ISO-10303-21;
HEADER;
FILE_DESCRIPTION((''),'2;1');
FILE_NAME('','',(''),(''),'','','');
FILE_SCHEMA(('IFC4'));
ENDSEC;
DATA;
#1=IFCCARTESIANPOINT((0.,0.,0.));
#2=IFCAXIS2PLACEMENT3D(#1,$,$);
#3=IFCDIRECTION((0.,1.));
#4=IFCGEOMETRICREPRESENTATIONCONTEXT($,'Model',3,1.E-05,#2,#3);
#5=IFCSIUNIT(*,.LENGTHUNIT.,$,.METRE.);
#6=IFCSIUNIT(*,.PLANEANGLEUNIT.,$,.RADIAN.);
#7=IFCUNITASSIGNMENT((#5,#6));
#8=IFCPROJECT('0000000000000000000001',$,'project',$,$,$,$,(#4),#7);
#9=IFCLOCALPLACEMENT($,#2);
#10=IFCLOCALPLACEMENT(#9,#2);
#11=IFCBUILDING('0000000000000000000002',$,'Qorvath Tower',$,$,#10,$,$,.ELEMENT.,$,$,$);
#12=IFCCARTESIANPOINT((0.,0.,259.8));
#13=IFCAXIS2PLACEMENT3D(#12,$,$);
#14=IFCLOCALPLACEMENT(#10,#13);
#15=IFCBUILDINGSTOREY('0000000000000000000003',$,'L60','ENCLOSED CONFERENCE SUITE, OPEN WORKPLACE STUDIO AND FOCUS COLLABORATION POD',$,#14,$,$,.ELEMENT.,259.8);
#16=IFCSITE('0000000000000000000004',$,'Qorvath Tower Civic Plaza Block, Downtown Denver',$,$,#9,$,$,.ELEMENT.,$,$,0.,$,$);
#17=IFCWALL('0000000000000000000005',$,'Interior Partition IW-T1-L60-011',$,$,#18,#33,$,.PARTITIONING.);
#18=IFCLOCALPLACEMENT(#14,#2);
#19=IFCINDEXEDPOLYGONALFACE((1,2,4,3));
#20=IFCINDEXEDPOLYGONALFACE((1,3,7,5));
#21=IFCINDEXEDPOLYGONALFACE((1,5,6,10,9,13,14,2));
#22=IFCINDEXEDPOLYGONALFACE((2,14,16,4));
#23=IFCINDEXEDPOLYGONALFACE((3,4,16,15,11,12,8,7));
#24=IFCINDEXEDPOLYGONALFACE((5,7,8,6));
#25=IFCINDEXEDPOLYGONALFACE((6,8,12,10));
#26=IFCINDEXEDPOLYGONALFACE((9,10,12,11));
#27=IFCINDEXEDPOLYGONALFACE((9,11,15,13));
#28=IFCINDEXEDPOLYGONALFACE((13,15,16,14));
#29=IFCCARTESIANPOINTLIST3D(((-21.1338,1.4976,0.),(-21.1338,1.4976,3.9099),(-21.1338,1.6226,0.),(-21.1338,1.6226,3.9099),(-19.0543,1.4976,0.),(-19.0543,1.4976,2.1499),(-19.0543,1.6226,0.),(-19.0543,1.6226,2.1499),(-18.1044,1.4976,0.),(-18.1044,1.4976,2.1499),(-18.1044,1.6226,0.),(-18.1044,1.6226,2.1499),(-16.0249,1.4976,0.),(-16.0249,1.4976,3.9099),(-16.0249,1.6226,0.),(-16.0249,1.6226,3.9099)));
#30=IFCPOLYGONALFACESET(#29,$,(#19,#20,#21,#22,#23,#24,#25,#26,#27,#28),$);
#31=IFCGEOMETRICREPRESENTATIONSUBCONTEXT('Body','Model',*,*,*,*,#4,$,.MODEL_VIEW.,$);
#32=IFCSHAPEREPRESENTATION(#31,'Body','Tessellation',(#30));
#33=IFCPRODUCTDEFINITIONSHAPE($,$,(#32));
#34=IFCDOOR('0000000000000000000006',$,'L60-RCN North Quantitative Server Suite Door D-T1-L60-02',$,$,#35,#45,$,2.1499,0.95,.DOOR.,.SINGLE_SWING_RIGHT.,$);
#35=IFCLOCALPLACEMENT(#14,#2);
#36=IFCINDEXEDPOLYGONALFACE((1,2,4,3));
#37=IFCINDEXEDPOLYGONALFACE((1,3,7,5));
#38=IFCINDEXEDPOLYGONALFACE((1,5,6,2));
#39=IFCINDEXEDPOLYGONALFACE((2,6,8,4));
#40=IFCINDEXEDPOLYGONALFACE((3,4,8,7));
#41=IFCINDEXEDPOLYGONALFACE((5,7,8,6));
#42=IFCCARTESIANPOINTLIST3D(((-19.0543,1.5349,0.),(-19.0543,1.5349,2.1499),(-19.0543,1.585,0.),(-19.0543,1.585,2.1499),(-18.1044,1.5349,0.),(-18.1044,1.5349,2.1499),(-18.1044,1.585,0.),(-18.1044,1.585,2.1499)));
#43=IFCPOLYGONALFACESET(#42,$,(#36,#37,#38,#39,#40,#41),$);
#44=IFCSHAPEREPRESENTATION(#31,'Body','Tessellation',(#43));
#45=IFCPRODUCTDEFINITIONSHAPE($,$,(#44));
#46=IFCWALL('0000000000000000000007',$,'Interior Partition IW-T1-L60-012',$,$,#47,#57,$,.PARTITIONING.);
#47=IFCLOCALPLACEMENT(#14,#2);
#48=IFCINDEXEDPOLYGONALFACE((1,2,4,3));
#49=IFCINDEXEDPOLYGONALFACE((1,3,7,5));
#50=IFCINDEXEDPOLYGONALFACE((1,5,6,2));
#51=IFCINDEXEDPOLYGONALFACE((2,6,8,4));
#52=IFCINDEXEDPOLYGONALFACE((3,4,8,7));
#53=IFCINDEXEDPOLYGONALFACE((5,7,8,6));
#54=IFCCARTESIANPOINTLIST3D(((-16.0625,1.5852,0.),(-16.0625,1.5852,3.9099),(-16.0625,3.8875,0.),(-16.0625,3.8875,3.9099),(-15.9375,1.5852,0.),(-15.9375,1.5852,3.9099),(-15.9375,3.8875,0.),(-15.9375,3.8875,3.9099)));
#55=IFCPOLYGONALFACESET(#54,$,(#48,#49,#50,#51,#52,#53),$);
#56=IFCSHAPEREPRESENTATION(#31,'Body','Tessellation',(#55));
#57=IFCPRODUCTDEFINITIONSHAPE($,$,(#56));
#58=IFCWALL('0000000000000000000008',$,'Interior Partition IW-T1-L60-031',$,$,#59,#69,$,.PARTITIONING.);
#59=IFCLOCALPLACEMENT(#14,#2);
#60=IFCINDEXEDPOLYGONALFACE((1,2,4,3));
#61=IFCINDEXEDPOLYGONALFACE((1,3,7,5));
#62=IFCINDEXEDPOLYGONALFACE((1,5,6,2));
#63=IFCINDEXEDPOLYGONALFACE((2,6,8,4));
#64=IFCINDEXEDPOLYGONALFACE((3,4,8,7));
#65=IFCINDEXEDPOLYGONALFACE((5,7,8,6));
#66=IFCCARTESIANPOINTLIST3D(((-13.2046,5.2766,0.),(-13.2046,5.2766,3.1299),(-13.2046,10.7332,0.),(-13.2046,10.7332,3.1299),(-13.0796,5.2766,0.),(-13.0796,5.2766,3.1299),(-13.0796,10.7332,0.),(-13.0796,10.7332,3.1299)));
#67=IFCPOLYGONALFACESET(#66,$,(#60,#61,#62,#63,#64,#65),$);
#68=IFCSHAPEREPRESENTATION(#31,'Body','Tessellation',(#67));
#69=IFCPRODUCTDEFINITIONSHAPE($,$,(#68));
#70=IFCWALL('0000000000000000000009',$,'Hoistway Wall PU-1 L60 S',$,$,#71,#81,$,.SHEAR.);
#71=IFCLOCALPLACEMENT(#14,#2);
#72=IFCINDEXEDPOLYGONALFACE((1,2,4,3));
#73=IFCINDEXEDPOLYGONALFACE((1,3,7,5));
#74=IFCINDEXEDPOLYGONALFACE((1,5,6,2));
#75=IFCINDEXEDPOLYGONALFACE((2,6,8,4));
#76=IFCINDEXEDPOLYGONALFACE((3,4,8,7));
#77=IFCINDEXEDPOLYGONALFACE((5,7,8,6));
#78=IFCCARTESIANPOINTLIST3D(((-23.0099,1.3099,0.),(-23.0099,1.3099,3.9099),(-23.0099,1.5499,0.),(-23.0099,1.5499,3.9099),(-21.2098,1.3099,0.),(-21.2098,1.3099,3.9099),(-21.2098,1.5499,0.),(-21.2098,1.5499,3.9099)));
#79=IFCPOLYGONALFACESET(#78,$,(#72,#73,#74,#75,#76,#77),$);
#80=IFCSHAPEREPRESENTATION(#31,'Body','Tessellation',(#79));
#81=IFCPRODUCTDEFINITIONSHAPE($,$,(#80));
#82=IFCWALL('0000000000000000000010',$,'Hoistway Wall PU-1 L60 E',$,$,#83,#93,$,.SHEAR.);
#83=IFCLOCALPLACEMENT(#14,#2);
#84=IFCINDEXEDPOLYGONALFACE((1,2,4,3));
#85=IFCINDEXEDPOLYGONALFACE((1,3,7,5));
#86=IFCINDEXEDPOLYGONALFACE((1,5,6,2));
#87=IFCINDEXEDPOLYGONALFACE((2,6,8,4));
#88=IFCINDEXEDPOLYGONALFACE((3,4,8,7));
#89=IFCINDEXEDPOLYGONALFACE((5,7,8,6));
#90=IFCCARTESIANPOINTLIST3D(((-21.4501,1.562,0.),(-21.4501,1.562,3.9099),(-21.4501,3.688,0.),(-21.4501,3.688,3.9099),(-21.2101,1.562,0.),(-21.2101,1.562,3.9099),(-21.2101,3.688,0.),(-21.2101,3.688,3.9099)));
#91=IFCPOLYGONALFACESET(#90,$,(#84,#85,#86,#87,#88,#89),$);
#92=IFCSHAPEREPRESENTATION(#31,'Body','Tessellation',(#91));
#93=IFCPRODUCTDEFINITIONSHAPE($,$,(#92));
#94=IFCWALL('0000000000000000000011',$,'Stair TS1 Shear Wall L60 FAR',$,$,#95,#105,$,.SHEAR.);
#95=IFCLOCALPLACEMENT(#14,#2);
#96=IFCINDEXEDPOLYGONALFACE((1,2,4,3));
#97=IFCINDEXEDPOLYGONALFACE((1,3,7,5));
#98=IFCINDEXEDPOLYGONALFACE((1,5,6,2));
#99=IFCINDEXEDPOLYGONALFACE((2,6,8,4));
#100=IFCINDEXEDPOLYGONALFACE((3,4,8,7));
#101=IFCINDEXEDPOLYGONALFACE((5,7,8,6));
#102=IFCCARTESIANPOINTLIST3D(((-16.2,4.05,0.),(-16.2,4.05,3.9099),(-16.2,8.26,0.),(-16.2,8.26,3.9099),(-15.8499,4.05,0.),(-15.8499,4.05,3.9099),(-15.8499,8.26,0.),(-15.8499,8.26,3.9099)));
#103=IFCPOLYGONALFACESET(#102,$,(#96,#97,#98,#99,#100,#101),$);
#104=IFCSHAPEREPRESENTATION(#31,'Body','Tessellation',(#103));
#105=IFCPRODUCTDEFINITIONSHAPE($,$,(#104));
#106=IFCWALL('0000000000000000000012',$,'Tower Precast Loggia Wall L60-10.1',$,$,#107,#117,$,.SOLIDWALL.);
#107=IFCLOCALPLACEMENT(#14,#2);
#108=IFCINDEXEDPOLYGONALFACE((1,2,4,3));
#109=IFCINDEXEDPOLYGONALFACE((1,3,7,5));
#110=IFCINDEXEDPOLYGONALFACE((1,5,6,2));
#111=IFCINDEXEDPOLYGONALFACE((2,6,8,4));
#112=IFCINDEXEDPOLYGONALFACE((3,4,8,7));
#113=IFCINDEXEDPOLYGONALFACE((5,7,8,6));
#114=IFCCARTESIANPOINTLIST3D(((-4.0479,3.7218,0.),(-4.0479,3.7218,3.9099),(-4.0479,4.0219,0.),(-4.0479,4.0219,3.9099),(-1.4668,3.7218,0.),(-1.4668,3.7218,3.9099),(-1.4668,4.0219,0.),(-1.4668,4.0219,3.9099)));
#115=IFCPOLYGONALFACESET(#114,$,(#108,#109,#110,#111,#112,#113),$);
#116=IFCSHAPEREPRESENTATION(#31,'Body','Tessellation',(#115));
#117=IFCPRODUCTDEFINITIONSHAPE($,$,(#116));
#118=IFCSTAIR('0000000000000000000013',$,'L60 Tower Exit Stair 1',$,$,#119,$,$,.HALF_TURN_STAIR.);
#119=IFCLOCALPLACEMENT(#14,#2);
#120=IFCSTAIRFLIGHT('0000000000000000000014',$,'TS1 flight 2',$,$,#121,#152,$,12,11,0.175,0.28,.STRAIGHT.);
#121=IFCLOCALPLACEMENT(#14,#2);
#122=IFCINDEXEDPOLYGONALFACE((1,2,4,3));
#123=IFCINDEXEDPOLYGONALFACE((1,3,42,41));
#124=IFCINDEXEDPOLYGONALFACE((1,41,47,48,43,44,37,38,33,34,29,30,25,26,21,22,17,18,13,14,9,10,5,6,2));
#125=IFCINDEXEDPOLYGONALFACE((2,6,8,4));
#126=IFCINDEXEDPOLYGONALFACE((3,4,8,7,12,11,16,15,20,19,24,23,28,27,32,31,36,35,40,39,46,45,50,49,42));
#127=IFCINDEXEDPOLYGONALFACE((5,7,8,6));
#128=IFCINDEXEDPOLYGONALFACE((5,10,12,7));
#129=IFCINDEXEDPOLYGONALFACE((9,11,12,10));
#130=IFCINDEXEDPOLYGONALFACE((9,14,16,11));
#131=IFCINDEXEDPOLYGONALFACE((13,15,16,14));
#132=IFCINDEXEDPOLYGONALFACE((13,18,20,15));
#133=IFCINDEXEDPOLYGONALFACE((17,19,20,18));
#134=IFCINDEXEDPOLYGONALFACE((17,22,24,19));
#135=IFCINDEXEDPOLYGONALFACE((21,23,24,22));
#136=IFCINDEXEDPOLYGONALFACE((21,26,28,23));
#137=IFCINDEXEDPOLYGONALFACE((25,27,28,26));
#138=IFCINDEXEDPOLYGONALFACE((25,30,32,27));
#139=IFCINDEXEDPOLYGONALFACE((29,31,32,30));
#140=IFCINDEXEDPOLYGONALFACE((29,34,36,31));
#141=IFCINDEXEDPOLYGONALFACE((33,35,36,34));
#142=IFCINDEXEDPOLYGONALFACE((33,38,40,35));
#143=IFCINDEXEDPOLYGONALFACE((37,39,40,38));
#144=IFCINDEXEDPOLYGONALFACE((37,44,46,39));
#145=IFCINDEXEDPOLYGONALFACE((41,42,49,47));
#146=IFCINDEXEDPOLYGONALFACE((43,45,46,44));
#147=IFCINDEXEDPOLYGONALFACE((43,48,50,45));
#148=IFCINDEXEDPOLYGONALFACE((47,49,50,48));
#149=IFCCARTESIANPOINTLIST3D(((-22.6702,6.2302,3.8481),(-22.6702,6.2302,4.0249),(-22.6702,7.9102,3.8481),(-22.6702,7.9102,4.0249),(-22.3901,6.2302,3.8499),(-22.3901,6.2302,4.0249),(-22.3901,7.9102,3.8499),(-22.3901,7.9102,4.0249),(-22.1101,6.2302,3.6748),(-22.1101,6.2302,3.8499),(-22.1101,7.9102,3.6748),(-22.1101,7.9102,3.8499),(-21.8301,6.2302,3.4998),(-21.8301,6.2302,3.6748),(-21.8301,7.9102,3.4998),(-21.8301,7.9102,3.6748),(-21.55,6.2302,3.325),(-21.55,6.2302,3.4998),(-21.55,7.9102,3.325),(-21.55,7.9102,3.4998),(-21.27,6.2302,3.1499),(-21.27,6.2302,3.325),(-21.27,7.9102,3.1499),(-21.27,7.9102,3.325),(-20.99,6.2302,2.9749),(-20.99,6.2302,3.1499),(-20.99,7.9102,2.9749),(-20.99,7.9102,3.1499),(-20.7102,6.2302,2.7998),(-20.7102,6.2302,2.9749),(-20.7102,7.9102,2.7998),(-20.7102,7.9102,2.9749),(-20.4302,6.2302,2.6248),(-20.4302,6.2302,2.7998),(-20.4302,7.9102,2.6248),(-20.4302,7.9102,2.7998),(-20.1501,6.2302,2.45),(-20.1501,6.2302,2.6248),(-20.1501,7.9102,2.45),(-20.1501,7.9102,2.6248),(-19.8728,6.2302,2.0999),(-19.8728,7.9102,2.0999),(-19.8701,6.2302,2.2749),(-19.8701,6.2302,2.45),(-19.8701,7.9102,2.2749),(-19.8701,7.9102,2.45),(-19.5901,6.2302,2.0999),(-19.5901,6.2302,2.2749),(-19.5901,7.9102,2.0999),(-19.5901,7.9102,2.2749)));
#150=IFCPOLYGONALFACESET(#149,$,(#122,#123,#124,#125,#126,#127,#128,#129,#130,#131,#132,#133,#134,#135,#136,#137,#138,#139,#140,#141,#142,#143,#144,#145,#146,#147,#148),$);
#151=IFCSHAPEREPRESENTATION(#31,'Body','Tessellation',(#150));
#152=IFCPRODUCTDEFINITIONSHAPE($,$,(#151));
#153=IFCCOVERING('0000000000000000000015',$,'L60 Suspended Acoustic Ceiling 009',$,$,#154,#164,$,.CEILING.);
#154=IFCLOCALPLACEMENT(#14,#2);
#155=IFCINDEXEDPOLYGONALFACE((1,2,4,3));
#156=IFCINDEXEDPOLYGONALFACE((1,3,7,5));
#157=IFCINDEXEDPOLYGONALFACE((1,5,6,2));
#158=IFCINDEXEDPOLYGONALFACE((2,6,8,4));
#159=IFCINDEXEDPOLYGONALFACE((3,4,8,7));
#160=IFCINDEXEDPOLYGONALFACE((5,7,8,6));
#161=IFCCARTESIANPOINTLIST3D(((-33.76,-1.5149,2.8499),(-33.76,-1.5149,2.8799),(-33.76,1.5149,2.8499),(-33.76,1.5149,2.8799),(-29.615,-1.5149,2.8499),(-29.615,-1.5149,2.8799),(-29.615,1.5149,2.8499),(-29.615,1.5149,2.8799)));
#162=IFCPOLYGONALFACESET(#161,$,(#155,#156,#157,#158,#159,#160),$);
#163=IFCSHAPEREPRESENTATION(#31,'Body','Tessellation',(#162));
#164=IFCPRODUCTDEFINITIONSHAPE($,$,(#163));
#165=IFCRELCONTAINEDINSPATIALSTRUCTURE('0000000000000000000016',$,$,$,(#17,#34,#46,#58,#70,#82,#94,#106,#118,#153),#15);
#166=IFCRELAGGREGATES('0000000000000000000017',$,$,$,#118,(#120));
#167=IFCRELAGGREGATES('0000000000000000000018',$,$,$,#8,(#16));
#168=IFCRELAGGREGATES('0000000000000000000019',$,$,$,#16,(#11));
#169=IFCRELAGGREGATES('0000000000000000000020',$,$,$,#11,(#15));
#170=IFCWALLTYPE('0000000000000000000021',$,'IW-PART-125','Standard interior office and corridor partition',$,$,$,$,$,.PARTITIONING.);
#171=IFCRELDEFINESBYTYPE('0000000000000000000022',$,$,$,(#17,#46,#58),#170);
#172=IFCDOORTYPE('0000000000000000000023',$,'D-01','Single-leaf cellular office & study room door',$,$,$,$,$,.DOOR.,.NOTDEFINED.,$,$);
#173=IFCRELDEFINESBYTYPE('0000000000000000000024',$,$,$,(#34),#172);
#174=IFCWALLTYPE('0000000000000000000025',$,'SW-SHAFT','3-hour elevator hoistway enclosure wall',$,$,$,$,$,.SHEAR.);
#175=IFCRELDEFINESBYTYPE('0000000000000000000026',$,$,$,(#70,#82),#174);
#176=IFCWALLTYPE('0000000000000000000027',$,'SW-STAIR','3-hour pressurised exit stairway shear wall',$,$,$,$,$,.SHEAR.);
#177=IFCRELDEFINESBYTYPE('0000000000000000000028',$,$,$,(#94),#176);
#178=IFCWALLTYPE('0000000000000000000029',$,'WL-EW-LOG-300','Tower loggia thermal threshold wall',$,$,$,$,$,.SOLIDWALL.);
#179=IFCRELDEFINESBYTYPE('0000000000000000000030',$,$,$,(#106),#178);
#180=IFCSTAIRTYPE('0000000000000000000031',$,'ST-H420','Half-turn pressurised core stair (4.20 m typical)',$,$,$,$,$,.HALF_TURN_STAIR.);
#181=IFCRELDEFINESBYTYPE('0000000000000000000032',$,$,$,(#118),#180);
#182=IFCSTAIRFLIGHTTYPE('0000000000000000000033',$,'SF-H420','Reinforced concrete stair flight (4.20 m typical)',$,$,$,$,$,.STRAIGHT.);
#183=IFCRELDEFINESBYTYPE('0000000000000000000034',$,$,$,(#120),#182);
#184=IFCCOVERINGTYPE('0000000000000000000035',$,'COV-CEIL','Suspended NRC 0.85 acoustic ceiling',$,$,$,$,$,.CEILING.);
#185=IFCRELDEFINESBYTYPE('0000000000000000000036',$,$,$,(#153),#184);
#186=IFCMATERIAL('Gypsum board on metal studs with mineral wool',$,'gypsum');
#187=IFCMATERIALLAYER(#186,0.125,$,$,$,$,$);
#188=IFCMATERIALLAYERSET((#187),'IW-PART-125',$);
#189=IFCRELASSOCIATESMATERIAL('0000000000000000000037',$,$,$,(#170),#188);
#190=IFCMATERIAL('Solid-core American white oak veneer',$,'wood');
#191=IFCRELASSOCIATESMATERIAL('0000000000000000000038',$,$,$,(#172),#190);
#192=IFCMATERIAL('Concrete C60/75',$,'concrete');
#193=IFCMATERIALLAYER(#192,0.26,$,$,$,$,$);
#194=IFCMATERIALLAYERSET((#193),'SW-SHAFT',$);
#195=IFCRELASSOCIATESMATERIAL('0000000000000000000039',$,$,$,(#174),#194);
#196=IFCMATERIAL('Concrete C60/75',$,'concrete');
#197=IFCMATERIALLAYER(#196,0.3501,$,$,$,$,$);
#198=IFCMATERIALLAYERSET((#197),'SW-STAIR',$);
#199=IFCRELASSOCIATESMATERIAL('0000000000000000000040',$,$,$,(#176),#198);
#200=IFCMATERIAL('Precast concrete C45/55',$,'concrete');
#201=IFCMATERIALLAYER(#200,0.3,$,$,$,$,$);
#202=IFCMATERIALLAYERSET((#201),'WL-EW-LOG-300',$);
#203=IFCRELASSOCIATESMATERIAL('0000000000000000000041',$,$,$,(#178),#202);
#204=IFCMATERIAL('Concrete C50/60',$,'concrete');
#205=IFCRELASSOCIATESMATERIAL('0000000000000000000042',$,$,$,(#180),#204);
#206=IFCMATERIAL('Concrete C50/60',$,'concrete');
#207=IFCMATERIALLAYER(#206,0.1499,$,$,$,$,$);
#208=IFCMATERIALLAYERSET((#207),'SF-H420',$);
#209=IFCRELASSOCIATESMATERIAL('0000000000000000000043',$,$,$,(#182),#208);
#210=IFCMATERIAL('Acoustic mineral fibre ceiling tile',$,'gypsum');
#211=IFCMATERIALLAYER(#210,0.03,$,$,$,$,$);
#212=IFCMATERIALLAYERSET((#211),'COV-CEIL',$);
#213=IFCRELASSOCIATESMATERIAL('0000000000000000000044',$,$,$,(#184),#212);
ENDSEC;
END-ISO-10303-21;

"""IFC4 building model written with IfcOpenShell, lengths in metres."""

from ifc_helpers import new_model, si_unit, direction, frame, frame_2d, origin, place, context, subcontext, project, spatial, polyline, rectangle, outline, extrude, material, layer, layer_set, type_object, element, fill, aggregate, save


model = new_model("IFC4")

# Units and contexts
model_context = context("Model", 3, precision=1e-05, world=origin(), true_north=direction((0.0, 1.0)))
body_context = subcontext(model_context, "Body", "Model", "MODEL_VIEW")
ifc_project = project(units=[si_unit("LENGTHUNIT", "METRE"), si_unit("PLANEANGLEUNIT", "RADIAN")], contexts=[model_context])

# Site, building, storey
site_placement = place(None, origin())
site = spatial("IfcSite", under=ifc_project, at=site_placement, Name="Qorvath Tower Civic Plaza Block, Downtown Denver", CompositionType="ELEMENT", RefElevation=0.0)
building_placement = place(site_placement, origin())
building = spatial("IfcBuilding", under=site, at=building_placement, Name="Qorvath Tower", CompositionType="ELEMENT")
storey_placement = place(building_placement, frame((0.0, 0.0, 259.8)))
storey = spatial("IfcBuildingStorey", under=building, at=storey_placement, Name="L60", Description="ENCLOSED CONFERENCE SUITE, OPEN WORKPLACE STUDIO AND FOCUS COLLABORATION POD", CompositionType="ELEMENT", Elevation=259.8)

# Wall, opening, door
ifc_material_1 = material(Name="Gypsum board on metal studs with mineral wool", Category="gypsum")
ifc_layer_1 = layer(ifc_material_1, 0.125)
ifc_layer_set_1 = layer_set([ifc_layer_1], Name="IW-PART-125")
wall_type_1 = type_object("IfcWallType", Name="IW-PART-125", Description="Standard interior office and corridor partition", PredefinedType="PARTITIONING", material=ifc_layer_set_1)
wall_1_placement = place(storey_placement, frame((-21.1338, 1.5601, 0.0), z_axis=(0.0, 0.0, 1.0), x_axis=(1.0, 0.0, 0.0)))
wall_1 = element("IfcWall", 1, at=wall_1_placement, inside=storey, type_object=wall_type_1, Name="Interior Partition IW-T1-L60-011", PredefinedType="PARTITIONING", context=body_context, shape_type="SweptSolid", body=[
    extrude(rectangle(XDim=5.1089, YDim=0.125, at=frame_2d((2.5544, 0.0))), origin(), (0.0, 0.0, 1.0), 3.9099),
])
opening_1_placement = place(wall_1_placement, frame((2.0793, 0.0, 0.0)))
opening_1 = element("IfcOpeningElement", 2, at=opening_1_placement, cuts=wall_1, PredefinedType="OPENING", context=body_context, shape_type="SweptSolid", body=[
    extrude(rectangle(XDim=0.95, YDim=2.1499, at=frame_2d((0.4751, 1.075))), frame((0.0, 0.0725, 0.0), z_axis=(0.0, -1.0, 0.0), x_axis=(1.0, 0.0, 0.0)), (0.0, 0.0, 1.0), 0.145),
])
ifc_material_2 = material(Name="Solid-core American white oak veneer", Category="wood")
door_type_1 = type_object("IfcDoorType", Name="D-01", Description="Single-leaf cellular office & study room door", OperationType="NOTDEFINED", PredefinedType="DOOR", material=ifc_material_2)
door_1_placement = place(opening_1_placement, origin())
door_1 = element("IfcDoor", 3, at=door_1_placement, inside=storey, type_object=door_type_1, Name="L60-RCN North Quantitative Server Suite Door D-T1-L60-02", OperationType="SINGLE_SWING_RIGHT", OverallHeight=2.1499, OverallWidth=0.95, PredefinedType="DOOR", context=body_context, shape_type="SweptSolid", body=[
    extrude(rectangle(XDim=0.95, YDim=2.1499, at=frame_2d((0.4751, 1.075))), frame((0.0, 0.0249, 0.0), z_axis=(0.0, -1.0, 0.0), x_axis=(1.0, 0.0, 0.0)), (0.0, 0.0, 1.0), 0.05),
])
fill(opening_1, door_1)

# Walls
wall_2_placement = place(storey_placement, frame((-16.0, 1.5852, 0.0), z_axis=(0.0, 0.0, 1.0), x_axis=(0.0, 1.0, 0.0)))
element("IfcWall", 4, at=wall_2_placement, inside=storey, type_object=wall_type_1, Name="Interior Partition IW-T1-L60-012", PredefinedType="PARTITIONING", context=body_context, shape_type="SweptSolid", body=[
    extrude(rectangle(XDim=2.3022, YDim=0.125, at=frame_2d((1.1511, 0.0))), origin(), (0.0, 0.0, 1.0), 3.9099),
])
wall_3_placement = place(storey_placement, frame((-13.1421, 5.2766, 0.0), z_axis=(0.0, 0.0, 1.0), x_axis=(0.0, 1.0, 0.0)))
element("IfcWall", 5, at=wall_3_placement, inside=storey, type_object=wall_type_1, Name="Interior Partition IW-T1-L60-031", PredefinedType="PARTITIONING", context=body_context, shape_type="SweptSolid", body=[
    extrude(rectangle(XDim=5.4565, YDim=0.125, at=frame_2d((2.7283, 0.0))), origin(), (0.0, 0.0, 1.0), 3.1299),
])
ifc_material_3 = material(Name="Concrete C60/75", Category="concrete")
ifc_layer_2 = layer(ifc_material_3, 0.26)
ifc_layer_set_2 = layer_set([ifc_layer_2], Name="SW-SHAFT")
wall_type_2 = type_object("IfcWallType", Name="SW-SHAFT", Description="3-hour elevator hoistway enclosure wall", PredefinedType="SHEAR", material=ifc_layer_set_2)
wall_4_placement = place(storey_placement, frame((-21.21, 1.4299, 0.0), z_axis=(0.0, 0.0, 1.0), x_axis=(-1.0, 0.0, 0.0)))
element("IfcWall", 6, at=wall_4_placement, inside=storey, type_object=wall_type_2, Name="Hoistway Wall PU-1 L60 S", PredefinedType="SHEAR", context=body_context, shape_type="SweptSolid", body=[
    extrude(rectangle(XDim=1.8, YDim=0.24, at=frame_2d((0.8999, 0.0))), origin(), (0.0, 0.0, 1.0), 3.9099),
])
wall_5_placement = place(storey_placement, frame((-21.3301, 3.688, 0.0), z_axis=(0.0, 0.0, 1.0), x_axis=(0.0, -1.0, 0.0)))
element("IfcWall", 7, at=wall_5_placement, inside=storey, type_object=wall_type_2, Name="Hoistway Wall PU-1 L60 E", PredefinedType="SHEAR", context=body_context, shape_type="SweptSolid", body=[
    extrude(rectangle(XDim=2.126, YDim=0.24, at=frame_2d((1.063, 0.0))), origin(), (0.0, 0.0, 1.0), 3.9099),
])
ifc_material_4 = material(Name="Concrete C60/75", Category="concrete")
ifc_layer_3 = layer(ifc_material_4, 0.3501)
ifc_layer_set_3 = layer_set([ifc_layer_3], Name="SW-STAIR")
wall_type_3 = type_object("IfcWallType", Name="SW-STAIR", Description="3-hour pressurised exit stairway shear wall", PredefinedType="SHEAR", material=ifc_layer_set_3)
wall_6_placement = place(storey_placement, frame((-16.0249, 4.05, 0.0), z_axis=(0.0, 0.0, 1.0), x_axis=(0.0, 1.0, 0.0)))
element("IfcWall", 8, at=wall_6_placement, inside=storey, type_object=wall_type_3, Name="Stair TS1 Shear Wall L60 FAR", PredefinedType="SHEAR", context=body_context, shape_type="SweptSolid", body=[
    extrude(rectangle(XDim=4.21, YDim=0.3501, at=frame_2d((2.105, 0.0))), origin(), (0.0, 0.0, 1.0), 3.9099),
])
ifc_material_5 = material(Name="Precast concrete C45/55", Category="concrete")
ifc_layer_4 = layer(ifc_material_5, 0.3)
ifc_layer_set_4 = layer_set([ifc_layer_4], Name="WL-EW-LOG-300")
wall_type_4 = type_object("IfcWallType", Name="WL-EW-LOG-300", Description="Tower loggia thermal threshold wall", PredefinedType="SOLIDWALL", material=ifc_layer_set_4)
wall_7_placement = place(storey_placement, frame((-4.0479, 3.8718, 0.0), z_axis=(0.0, 0.0, 1.0), x_axis=(1.0, 0.0, 0.0)))
element("IfcWall", 9, at=wall_7_placement, inside=storey, type_object=wall_type_4, Name="Tower Precast Loggia Wall L60-10.1", PredefinedType="SOLIDWALL", context=body_context, shape_type="SweptSolid", body=[
    extrude(rectangle(XDim=2.5811, YDim=0.3, at=frame_2d((1.2905, 0.0))), origin(), (0.0, 0.0, 1.0), 3.9099),
])

# Stair, stair flight
ifc_material_6 = material(Name="Concrete C50/60", Category="concrete")
stair_type = type_object("IfcStairType", Name="ST-H420", Description="Half-turn pressurised core stair (4.20 m typical)", PredefinedType="HALF_TURN_STAIR", material=ifc_material_6)
stair_placement = place(storey_placement, origin())
stair = element("IfcStair", 10, at=stair_placement, inside=storey, type_object=stair_type, Name="L60 Tower Exit Stair 1", PredefinedType="HALF_TURN_STAIR")
ifc_material_7 = material(Name="Concrete C50/60", Category="concrete")
ifc_layer_5 = layer(ifc_material_7, 0.1499)
ifc_layer_set_5 = layer_set([ifc_layer_5], Name="SF-H420")
stair_flight_type = type_object("IfcStairFlightType", Name="SF-H420", Description="Reinforced concrete stair flight (4.20 m typical)", PredefinedType="STRAIGHT", material=ifc_layer_set_5)
stair_flight_placement = place(storey_placement, frame((-19.5901, 7.0701, 2.0999), z_axis=(0.0, 0.0, 1.0), x_axis=(-1.0, 0.0, 0.0)))
stair_flight = element("IfcStairFlight", 11, at=stair_flight_placement, type_object=stair_flight_type, Name="TS1 flight 2", NumberOfRisers=12, NumberOfTreads=11, PredefinedType="STRAIGHT", RiserHeight=0.175, TreadLength=0.28, context=body_context, shape_type="SweptSolid", body=[
    extrude(outline(polyline([(0.0, 0.0), (0.0, 0.175), (0.28, 0.175), (0.28, 0.3501), (0.5601, 0.3501), (0.5601, 0.5249), (0.8401, 0.5249), (0.8401, 0.7), (1.1201, 0.7), (1.1201, 0.875), (1.3999, 0.875), (1.3999, 1.05), (1.6799, 1.05), (1.6799, 1.2251), (1.96, 1.2251), (1.96, 1.3999), (2.24, 1.3999), (2.24, 1.575), (2.52, 1.575), (2.52, 1.75), (2.8, 1.75), (2.8, 1.925), (3.0801, 1.925), (3.0801, 2.1001), (3.0801, 1.7483), (0.2827, 0.0), (0.0, 0.0)])), frame((0.0, 0.8398, 0.0), z_axis=(0.0, -1.0, 0.0), x_axis=(1.0, 0.0, 0.0)), (0.0, 0.0, 1.0), 1.6799),
])
aggregate(stair, [stair_flight])

# Covering
ifc_material_8 = material(Name="Acoustic mineral fibre ceiling tile", Category="gypsum")
ifc_layer_6 = layer(ifc_material_8, 0.03)
ifc_layer_set_6 = layer_set([ifc_layer_6], Name="COV-CEIL")
covering_type_1 = type_object("IfcCoveringType", Name="COV-CEIL", Description="Suspended NRC 0.85 acoustic ceiling", PredefinedType="CEILING", material=ifc_layer_set_6)
covering_1_placement = place(storey_placement, frame((0.0, 0.0, 2.8499)))
element("IfcCovering", 12, at=covering_1_placement, inside=storey, type_object=covering_type_1, Name="L60 Suspended Acoustic Ceiling 009", PredefinedType="CEILING", context=body_context, shape_type="SweptSolid", body=[
    extrude(outline(polyline([(-29.615, -1.5149), (-29.615, 1.5149), (-33.76, 1.5149), (-33.76, -1.5149), (-29.615, -1.5149)])), origin(), (0.0, 0.0, 1.0), 0.03),
])

save(model, "model.ifc")
